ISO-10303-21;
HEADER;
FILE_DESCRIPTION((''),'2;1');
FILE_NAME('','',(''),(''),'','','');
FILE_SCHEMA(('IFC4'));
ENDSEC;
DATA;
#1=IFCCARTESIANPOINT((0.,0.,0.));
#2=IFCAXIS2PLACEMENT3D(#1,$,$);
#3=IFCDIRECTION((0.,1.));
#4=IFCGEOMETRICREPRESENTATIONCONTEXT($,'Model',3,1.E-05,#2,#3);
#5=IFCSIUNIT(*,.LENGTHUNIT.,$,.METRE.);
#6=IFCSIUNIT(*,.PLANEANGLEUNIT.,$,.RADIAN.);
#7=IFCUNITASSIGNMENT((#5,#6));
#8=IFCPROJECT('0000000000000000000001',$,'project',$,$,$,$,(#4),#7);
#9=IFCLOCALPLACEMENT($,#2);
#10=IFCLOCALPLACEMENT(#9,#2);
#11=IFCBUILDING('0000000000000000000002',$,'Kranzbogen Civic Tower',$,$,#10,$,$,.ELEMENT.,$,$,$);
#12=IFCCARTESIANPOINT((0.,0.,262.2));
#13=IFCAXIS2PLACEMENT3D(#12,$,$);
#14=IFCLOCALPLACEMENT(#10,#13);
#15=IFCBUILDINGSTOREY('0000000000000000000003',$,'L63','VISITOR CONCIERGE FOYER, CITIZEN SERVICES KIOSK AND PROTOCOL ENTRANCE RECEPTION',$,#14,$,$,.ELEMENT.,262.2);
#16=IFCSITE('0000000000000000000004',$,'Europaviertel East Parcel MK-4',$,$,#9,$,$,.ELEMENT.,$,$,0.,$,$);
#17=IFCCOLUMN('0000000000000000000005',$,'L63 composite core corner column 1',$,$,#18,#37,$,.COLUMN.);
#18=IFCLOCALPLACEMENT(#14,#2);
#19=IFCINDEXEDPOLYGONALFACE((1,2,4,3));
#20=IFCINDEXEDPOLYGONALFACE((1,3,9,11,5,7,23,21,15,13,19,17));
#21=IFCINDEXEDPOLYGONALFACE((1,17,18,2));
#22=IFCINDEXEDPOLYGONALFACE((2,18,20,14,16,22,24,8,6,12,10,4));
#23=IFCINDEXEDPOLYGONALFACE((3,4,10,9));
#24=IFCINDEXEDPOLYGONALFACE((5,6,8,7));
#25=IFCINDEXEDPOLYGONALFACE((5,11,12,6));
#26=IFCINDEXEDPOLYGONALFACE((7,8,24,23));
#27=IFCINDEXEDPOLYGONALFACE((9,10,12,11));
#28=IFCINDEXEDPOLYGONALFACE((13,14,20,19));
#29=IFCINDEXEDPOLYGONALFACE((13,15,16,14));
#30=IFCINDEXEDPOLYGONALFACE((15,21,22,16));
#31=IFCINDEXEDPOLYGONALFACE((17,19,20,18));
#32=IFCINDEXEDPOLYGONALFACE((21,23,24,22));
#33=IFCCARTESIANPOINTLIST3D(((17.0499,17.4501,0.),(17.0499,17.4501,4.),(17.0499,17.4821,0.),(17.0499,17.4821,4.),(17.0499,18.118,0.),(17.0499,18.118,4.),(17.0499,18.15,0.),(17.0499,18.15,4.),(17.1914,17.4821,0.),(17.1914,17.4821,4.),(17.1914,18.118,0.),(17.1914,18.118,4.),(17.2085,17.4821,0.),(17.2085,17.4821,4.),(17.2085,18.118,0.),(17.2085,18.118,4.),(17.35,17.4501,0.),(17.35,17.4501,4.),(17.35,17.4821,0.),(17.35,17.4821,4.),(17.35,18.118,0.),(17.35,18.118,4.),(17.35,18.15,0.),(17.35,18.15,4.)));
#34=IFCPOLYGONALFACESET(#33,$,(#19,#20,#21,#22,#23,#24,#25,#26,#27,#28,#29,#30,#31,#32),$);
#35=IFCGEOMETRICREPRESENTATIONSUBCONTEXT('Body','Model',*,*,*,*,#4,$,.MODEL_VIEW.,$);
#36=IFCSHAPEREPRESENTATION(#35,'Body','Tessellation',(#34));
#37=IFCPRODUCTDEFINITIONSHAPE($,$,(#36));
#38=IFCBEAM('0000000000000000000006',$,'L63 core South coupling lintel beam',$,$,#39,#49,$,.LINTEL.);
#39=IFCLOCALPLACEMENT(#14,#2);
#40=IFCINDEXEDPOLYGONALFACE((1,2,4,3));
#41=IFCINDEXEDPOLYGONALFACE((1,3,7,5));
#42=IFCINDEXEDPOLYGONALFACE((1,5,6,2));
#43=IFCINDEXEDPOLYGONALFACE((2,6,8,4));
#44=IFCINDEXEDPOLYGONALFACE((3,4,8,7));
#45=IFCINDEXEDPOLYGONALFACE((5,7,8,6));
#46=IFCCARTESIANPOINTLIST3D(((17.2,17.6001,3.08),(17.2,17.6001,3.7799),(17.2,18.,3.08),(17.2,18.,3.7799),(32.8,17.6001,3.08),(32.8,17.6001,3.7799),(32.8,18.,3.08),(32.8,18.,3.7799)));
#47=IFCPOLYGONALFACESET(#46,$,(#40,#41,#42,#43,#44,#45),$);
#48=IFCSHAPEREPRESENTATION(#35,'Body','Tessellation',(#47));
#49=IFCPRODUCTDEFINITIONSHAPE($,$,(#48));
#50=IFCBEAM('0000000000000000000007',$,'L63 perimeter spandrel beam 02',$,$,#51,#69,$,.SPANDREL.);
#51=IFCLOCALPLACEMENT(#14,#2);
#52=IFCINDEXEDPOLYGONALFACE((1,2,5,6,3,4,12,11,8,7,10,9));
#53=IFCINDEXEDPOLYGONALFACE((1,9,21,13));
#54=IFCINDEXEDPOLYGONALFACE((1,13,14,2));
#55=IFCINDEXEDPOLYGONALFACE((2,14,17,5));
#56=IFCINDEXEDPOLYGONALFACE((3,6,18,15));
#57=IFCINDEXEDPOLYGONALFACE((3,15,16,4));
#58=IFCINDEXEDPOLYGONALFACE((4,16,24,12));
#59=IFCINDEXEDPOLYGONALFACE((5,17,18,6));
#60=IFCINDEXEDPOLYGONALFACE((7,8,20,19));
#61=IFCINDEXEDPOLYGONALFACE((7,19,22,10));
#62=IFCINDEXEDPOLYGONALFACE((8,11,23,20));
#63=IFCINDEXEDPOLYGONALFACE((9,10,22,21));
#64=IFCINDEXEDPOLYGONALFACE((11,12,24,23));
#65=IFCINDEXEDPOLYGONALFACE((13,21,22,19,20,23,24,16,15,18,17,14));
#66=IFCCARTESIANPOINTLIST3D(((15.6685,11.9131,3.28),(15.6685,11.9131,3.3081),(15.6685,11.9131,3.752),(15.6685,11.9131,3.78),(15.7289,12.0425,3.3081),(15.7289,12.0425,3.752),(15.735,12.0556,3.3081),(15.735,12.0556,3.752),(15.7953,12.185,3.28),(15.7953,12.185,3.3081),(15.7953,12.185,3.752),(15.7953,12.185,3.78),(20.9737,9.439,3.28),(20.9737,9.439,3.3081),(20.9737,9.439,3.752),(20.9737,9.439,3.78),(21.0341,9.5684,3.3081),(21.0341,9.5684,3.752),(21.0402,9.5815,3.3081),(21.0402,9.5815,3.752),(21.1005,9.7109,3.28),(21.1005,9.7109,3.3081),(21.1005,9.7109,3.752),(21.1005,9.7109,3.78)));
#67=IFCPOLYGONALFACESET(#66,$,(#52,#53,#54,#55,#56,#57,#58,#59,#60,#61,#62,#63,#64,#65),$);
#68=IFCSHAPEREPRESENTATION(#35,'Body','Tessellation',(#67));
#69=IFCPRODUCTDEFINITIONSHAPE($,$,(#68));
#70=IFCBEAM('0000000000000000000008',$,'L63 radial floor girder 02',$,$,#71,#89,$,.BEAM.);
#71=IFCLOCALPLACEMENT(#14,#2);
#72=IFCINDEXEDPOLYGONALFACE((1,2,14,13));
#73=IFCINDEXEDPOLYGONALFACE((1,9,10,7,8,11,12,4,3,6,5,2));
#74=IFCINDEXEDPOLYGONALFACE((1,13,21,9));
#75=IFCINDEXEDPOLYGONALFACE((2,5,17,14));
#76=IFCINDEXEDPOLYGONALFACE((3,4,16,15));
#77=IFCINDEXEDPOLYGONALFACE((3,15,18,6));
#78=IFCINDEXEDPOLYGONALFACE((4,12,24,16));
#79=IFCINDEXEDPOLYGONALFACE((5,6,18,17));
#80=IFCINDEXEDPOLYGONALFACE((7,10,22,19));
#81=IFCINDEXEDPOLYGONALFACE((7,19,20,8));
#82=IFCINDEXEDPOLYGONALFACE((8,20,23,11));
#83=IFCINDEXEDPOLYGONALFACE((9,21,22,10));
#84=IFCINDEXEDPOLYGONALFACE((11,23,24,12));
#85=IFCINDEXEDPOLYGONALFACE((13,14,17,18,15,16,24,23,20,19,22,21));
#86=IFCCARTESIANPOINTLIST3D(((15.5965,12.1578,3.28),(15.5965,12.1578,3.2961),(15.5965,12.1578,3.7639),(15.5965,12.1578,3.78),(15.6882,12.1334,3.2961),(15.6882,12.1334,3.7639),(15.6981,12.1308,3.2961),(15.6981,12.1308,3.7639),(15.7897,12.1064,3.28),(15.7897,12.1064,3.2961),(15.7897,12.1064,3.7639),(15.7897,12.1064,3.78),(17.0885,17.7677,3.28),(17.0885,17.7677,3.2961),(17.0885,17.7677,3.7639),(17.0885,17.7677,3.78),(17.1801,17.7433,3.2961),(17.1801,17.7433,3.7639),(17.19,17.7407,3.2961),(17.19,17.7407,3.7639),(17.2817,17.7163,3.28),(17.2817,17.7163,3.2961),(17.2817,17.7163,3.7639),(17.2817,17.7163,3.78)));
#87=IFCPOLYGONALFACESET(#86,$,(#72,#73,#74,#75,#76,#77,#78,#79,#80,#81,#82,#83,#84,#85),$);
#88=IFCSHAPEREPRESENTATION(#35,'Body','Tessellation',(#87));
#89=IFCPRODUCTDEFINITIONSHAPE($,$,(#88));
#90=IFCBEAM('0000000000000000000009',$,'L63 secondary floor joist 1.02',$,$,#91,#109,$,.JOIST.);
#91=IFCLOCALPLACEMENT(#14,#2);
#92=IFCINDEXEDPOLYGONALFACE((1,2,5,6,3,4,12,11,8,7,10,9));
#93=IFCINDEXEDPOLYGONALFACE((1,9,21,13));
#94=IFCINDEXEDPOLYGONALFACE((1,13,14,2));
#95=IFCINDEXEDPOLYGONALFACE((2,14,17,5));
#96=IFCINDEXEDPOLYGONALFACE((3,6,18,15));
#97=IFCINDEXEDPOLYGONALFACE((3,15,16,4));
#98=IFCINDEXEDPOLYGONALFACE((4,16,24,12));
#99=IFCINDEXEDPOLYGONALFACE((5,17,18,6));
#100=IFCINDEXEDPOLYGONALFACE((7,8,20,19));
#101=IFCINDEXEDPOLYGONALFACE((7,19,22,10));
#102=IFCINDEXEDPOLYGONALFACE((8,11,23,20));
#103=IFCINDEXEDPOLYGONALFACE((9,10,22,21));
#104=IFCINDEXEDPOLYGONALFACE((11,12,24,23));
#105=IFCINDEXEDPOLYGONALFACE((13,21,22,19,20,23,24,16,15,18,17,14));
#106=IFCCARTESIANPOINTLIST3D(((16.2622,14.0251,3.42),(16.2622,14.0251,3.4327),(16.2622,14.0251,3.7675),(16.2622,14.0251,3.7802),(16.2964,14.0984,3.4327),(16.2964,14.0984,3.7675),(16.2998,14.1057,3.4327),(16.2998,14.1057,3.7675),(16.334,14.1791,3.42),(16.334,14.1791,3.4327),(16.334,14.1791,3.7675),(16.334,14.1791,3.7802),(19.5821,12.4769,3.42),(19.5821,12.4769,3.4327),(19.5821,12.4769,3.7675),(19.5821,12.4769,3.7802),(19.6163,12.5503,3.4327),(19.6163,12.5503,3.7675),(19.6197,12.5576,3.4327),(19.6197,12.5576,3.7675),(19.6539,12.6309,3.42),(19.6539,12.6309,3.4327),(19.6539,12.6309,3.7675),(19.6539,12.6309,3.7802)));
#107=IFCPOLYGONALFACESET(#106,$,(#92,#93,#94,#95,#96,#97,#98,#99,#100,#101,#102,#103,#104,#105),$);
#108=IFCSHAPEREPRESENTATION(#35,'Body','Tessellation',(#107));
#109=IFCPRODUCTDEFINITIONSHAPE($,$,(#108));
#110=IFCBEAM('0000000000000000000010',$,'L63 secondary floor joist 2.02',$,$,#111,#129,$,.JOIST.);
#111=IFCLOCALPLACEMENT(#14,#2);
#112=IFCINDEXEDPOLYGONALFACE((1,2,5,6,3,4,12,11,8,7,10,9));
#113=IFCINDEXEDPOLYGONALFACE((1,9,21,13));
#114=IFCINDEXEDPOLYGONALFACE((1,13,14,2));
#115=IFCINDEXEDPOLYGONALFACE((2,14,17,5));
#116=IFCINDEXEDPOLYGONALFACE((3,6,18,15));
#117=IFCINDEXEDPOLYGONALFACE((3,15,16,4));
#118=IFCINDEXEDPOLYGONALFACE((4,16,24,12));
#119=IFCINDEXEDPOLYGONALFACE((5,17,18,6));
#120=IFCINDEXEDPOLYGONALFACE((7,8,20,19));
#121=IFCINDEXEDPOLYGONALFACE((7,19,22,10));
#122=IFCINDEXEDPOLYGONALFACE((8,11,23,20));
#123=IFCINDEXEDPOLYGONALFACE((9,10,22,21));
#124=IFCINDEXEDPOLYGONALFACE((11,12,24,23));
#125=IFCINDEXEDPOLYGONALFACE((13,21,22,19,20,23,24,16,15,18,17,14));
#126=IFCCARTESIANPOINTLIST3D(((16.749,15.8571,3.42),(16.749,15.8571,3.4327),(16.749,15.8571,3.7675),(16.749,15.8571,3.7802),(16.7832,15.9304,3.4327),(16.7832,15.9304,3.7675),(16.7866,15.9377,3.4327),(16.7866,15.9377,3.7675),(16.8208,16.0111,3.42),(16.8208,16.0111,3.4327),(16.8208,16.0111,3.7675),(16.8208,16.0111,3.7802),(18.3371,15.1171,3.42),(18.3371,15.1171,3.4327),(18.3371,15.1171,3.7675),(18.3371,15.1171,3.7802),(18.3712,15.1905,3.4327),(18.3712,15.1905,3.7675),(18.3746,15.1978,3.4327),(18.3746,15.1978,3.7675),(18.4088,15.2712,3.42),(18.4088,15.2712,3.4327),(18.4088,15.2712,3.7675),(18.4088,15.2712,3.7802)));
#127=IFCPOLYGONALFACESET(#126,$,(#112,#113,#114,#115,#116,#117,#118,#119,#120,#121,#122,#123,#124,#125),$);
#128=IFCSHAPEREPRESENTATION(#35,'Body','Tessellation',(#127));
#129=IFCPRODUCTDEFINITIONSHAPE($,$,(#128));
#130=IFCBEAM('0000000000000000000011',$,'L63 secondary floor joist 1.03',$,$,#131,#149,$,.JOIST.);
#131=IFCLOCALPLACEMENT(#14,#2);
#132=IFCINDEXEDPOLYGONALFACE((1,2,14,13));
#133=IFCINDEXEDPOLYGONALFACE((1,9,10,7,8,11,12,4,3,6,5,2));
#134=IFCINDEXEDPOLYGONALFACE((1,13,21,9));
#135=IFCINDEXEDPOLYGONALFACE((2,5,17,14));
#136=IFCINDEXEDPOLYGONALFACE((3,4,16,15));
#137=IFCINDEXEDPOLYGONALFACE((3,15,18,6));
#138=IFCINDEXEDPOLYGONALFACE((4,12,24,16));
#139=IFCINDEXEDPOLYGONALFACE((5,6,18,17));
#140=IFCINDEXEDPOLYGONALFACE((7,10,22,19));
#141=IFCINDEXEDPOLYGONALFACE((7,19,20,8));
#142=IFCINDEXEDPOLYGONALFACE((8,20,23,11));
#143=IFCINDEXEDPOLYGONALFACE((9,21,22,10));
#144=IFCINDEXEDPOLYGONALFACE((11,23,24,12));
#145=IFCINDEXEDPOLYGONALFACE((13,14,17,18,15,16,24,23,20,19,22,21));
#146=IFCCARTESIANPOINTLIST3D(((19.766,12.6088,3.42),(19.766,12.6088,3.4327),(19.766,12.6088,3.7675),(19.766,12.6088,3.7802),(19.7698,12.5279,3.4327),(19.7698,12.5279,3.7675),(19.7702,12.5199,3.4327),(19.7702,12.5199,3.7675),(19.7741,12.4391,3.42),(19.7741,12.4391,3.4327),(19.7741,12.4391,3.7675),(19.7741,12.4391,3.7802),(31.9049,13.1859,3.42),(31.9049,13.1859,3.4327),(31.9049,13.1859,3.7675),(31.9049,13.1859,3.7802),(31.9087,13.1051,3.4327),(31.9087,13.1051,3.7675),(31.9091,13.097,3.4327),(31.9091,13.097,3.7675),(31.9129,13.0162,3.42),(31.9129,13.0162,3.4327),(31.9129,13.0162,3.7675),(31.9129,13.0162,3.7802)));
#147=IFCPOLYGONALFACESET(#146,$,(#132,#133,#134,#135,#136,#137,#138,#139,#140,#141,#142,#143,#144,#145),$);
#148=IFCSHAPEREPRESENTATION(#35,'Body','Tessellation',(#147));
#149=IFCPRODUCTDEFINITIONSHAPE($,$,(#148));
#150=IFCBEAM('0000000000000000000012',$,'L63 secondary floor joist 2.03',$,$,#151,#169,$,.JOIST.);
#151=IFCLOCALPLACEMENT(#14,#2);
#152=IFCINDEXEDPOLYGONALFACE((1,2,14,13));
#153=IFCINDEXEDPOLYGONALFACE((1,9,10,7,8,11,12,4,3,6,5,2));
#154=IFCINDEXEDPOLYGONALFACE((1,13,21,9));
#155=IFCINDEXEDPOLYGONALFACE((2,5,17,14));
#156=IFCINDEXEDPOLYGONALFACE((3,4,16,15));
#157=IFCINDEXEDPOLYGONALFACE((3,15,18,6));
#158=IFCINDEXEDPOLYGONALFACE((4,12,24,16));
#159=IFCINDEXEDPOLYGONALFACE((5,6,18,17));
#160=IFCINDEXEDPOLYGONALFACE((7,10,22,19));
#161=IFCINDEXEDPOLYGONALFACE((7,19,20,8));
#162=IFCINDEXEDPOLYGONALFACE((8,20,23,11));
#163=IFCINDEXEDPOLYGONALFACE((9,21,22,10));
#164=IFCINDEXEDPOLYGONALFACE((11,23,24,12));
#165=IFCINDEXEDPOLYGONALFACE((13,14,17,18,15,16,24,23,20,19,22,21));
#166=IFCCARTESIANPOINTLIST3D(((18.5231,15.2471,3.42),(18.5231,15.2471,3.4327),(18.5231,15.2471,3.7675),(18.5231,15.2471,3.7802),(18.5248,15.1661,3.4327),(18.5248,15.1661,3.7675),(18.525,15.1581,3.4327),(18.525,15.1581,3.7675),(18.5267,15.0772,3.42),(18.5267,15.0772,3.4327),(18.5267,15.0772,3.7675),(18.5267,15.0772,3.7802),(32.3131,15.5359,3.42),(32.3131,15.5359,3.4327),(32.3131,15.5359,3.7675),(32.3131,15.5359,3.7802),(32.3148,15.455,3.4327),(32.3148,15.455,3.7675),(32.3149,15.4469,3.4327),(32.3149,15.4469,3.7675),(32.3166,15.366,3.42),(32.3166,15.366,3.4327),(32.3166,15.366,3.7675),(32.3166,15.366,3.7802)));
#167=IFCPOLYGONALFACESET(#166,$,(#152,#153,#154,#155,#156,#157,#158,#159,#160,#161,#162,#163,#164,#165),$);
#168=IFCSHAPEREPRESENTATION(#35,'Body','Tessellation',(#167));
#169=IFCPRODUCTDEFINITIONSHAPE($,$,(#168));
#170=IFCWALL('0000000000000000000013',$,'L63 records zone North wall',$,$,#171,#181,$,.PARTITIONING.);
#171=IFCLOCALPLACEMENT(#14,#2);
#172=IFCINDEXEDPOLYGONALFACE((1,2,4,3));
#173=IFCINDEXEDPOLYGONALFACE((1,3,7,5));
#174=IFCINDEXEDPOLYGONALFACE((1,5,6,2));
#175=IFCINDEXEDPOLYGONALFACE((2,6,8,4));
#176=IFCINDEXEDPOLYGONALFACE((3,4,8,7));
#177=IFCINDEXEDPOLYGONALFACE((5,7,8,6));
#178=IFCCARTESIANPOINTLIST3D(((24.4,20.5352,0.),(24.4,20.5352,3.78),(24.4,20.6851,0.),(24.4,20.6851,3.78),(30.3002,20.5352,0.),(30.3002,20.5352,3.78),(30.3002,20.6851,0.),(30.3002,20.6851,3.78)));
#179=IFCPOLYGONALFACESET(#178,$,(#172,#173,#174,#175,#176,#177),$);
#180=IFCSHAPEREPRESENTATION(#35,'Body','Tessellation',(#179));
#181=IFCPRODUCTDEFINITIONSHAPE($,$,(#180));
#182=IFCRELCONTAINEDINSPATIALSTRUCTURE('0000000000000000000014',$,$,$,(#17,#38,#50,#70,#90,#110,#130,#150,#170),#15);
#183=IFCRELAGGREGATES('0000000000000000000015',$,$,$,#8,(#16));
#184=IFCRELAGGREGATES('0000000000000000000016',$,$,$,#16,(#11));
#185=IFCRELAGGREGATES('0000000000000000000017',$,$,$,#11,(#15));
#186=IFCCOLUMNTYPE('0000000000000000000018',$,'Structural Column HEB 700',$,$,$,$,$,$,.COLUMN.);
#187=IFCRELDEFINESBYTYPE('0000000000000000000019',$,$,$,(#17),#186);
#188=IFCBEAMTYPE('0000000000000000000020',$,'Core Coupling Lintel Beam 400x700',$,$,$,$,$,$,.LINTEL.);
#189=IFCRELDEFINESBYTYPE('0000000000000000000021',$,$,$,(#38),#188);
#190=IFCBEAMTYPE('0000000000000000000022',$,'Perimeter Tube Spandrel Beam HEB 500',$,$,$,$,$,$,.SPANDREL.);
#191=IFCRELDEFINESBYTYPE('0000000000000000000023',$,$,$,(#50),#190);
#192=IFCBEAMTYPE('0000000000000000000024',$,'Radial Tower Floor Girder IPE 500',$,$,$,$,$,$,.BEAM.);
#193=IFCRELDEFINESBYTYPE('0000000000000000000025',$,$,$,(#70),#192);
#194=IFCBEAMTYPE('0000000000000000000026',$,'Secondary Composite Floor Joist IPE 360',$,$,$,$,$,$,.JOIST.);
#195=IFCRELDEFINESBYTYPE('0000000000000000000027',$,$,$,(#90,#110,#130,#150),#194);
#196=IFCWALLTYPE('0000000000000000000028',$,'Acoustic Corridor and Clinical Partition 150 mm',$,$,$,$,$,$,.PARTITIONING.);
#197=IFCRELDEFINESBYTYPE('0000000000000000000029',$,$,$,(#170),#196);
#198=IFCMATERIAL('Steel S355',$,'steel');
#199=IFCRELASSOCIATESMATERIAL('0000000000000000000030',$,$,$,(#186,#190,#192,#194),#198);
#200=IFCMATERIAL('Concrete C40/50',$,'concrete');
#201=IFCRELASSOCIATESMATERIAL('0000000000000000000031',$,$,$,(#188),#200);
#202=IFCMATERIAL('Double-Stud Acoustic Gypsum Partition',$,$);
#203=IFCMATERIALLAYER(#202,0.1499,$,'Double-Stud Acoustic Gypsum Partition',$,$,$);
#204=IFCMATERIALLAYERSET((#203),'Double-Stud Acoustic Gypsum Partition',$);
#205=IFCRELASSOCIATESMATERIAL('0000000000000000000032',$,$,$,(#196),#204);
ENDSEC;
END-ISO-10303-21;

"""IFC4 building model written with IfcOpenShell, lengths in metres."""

from ifc_helpers import new_model, si_unit, direction, frame, frame_2d, origin, origin_2d, place, context, subcontext, project, spatial, rectangle, i_section, extrude, material, layer, layer_set, material_profile, profile_set, type_object, element, save


model = new_model("IFC4")

# Units and contexts
model_context = context("Model", 3, precision=1e-05, world=origin(), true_north=direction((0.0, 1.0)))
body_context = subcontext(model_context, "Body", "Model", "MODEL_VIEW")
ifc_project = project(units=[si_unit("LENGTHUNIT", "METRE"), si_unit("PLANEANGLEUNIT", "RADIAN")], contexts=[model_context])

# Site, building, storey
site_placement = place(None, origin())
site = spatial("IfcSite", under=ifc_project, at=site_placement, Name="Europaviertel East Parcel MK-4", CompositionType="ELEMENT", RefElevation=0.0)
building_placement = place(site_placement, origin())
building = spatial("IfcBuilding", under=site, at=building_placement, Name="Kranzbogen Civic Tower", CompositionType="ELEMENT")
storey_placement = place(building_placement, frame((0.0, 0.0, 262.2)))
storey = spatial("IfcBuildingStorey", under=building, at=storey_placement, Name="L63", Description="VISITOR CONCIERGE FOYER, CITIZEN SERVICES KIOSK AND PROTOCOL ENTRANCE RECEPTION", CompositionType="ELEMENT", Elevation=262.2)

# Column
ifc_material_1 = material(Name="Steel S355", Category="steel")
ifc_material_profile_1 = material_profile(ifc_material_1, i_section(OverallWidth=0.3, OverallDepth=0.7, WebThickness=0.0171, FlangeThickness=0.032, at=origin_2d()), Name="HEB 700")
ifc_profile_set_1 = profile_set([ifc_material_profile_1], Name="Steel S355")
column_type = type_object("IfcColumnType", Name="Structural Column HEB 700", PredefinedType="COLUMN", material=ifc_profile_set_1)
column_placement = place(storey_placement, frame((17.2, 17.8, 0.0), z_axis=(0.0, 0.0, 1.0), x_axis=(1.0, 0.0, 0.0)))
element("IfcColumn", 1, at=column_placement, inside=storey, type_object=column_type, Name="L63 composite core corner column 1", PredefinedType="COLUMN", context=body_context, shape_type="SweptSolid", body=[
    extrude(i_section(OverallWidth=0.3, OverallDepth=0.7, WebThickness=0.0171, FlangeThickness=0.032, at=origin_2d()), origin(), (0.0, 0.0, 1.0), 4.0),
])

# Beams
ifc_material_2 = material(Name="Concrete C40/50", Category="concrete")
ifc_material_profile_2 = material_profile(ifc_material_2, rectangle(XDim=0.3999, YDim=0.7, at=origin_2d()), Name="RC-BM 400x700")
ifc_profile_set_2 = profile_set([ifc_material_profile_2], Name="Concrete C40/50")
beam_type_1 = type_object("IfcBeamType", Name="Core Coupling Lintel Beam 400x700", PredefinedType="LINTEL", material=ifc_profile_set_2)
beam_1_placement = place(storey_placement, frame((17.2, 17.8, 3.4299), z_axis=(1.0, 0.0, 0.0), x_axis=(0.0, 1.0, 0.0)))
element("IfcBeam", 2, at=beam_1_placement, inside=storey, type_object=beam_type_1, Name="L63 core South coupling lintel beam", PredefinedType="LINTEL", context=body_context, shape_type="SweptSolid", body=[
    extrude(rectangle(XDim=0.3999, YDim=0.7, at=origin_2d()), origin(), (0.0, 0.0, 1.0), 15.6001),
])
ifc_material_profile_3 = material_profile(ifc_material_1, i_section(OverallWidth=0.3, OverallDepth=0.5, WebThickness=0.0144, FlangeThickness=0.0281, at=origin_2d()), Name="HEB 500")
ifc_profile_set_3 = profile_set([ifc_material_profile_3], Name="Steel S355")
beam_type_2 = type_object("IfcBeamType", Name="Perimeter Tube Spandrel Beam HEB 500", PredefinedType="SPANDREL", material=ifc_profile_set_3)
beam_2_placement = place(storey_placement, frame((15.7319, 12.0491, 3.53), z_axis=(0.90629, -0.422657, 0.0), x_axis=(0.422657, 0.90629, 0.0)))
element("IfcBeam", 3, at=beam_2_placement, inside=storey, type_object=beam_type_2, Name="L63 perimeter spandrel beam 02", PredefinedType="SPANDREL", context=body_context, shape_type="SweptSolid", body=[
    extrude(i_section(OverallWidth=0.3, OverallDepth=0.5, WebThickness=0.0144, FlangeThickness=0.0281, at=origin_2d()), origin(), (0.0, 0.0, 1.0), 5.8538),
])
ifc_material_profile_4 = material_profile(ifc_material_1, i_section(OverallWidth=0.2, OverallDepth=0.5, WebThickness=0.0103, FlangeThickness=0.0161, at=origin_2d()), Name="IPE 500")
ifc_profile_set_4 = profile_set([ifc_material_profile_4], Name="Steel S355")
beam_type_3 = type_object("IfcBeamType", Name="Radial Tower Floor Girder IPE 500", PredefinedType="BEAM", material=ifc_profile_set_4)
beam_3_placement = place(storey_placement, frame((15.6931, 12.1321, 3.53), z_axis=(0.257016, 0.966407, 0.0), x_axis=(-0.966407, 0.257016, 0.0)))
element("IfcBeam", 4, at=beam_3_placement, inside=storey, type_object=beam_type_3, Name="L63 radial floor girder 02", PredefinedType="BEAM", context=body_context, shape_type="SweptSolid", body=[
    extrude(i_section(OverallWidth=0.2, OverallDepth=0.5, WebThickness=0.0103, FlangeThickness=0.0161, at=origin_2d()), origin(), (0.0, 0.0, 1.0), 5.8049),
])
ifc_material_profile_5 = material_profile(ifc_material_1, i_section(OverallWidth=0.1699, OverallDepth=0.3601, WebThickness=0.0081, FlangeThickness=0.0127, at=origin_2d()), Name="IPE 360")
ifc_profile_set_5 = profile_set([ifc_material_profile_5], Name="Steel S355")
beam_type_4 = type_object("IfcBeamType", Name="Secondary Composite Floor Joist IPE 360", PredefinedType="JOIST", material=ifc_profile_set_5)
beam_4_placement = place(storey_placement, frame((16.2981, 14.1021, 3.6001), z_axis=(0.906304, -0.422626, 0.0), x_axis=(0.422626, 0.906304, 0.0)))
element("IfcBeam", 5, at=beam_4_placement, inside=storey, type_object=beam_type_4, Name="L63 secondary floor joist 1.02", PredefinedType="JOIST", context=body_context, shape_type="SweptSolid", body=[
    extrude(i_section(OverallWidth=0.1699, OverallDepth=0.3601, WebThickness=0.0081, FlangeThickness=0.0127, at=origin_2d()), origin(), (0.0, 0.0, 1.0), 3.6631),
])
beam_5_placement = place(storey_placement, frame((16.7849, 15.9341, 3.6001), z_axis=(0.906432, -0.422351, 0.0), x_axis=(0.422351, 0.906432, 0.0)))
element("IfcBeam", 6, at=beam_5_placement, inside=storey, type_object=beam_type_4, Name="L63 secondary floor joist 2.02", PredefinedType="JOIST", context=body_context, shape_type="SweptSolid", body=[
    extrude(i_section(OverallWidth=0.1699, OverallDepth=0.3601, WebThickness=0.0081, FlangeThickness=0.0127, at=origin_2d()), origin(), (0.0, 0.0, 1.0), 1.752),
])
beam_6_placement = place(storey_placement, frame((19.77, 12.5239, 3.6001), z_axis=(0.998872, 0.047492, 0.0), x_axis=(-0.047492, 0.998872, 0.0)))
element("IfcBeam", 7, at=beam_6_placement, inside=storey, type_object=beam_type_4, Name="L63 secondary floor joist 1.03", PredefinedType="JOIST", context=body_context, shape_type="SweptSolid", body=[
    extrude(i_section(OverallWidth=0.1699, OverallDepth=0.3601, WebThickness=0.0081, FlangeThickness=0.0127, at=origin_2d()), origin(), (0.0, 0.0, 1.0), 12.1526),
])
beam_7_placement = place(storey_placement, frame((18.5249, 15.1621, 3.6001), z_axis=(0.999781, 0.020939, 0.0), x_axis=(-0.020939, 0.999781, 0.0)))
element("IfcBeam", 8, at=beam_7_placement, inside=storey, type_object=beam_type_4, Name="L63 secondary floor joist 2.03", PredefinedType="JOIST", context=body_context, shape_type="SweptSolid", body=[
    extrude(i_section(OverallWidth=0.1699, OverallDepth=0.3601, WebThickness=0.0081, FlangeThickness=0.0127, at=origin_2d()), origin(), (0.0, 0.0, 1.0), 13.793),
])

# Wall
ifc_material_3 = material(Name="Double-Stud Acoustic Gypsum Partition")
ifc_layer_1 = layer(ifc_material_3, 0.1499, Name="Double-Stud Acoustic Gypsum Partition")
ifc_layer_set_1 = layer_set([ifc_layer_1], Name="Double-Stud Acoustic Gypsum Partition")
wall_type_1 = type_object("IfcWallType", Name="Acoustic Corridor and Clinical Partition 150 mm", PredefinedType="PARTITIONING", material=ifc_layer_set_1)
wall_1_placement = place(storey_placement, frame((24.3999, 20.6101, 0.0), z_axis=(0.0, 0.0, 1.0), x_axis=(1.0, 0.0, 0.0)))
element("IfcWall", 9, at=wall_1_placement, inside=storey, type_object=wall_type_1, Name="L63 records zone North wall", PredefinedType="PARTITIONING", context=body_context, shape_type="SweptSolid", body=[
    extrude(rectangle(XDim=5.9001, YDim=0.1499, at=frame_2d((2.9502, 0.0))), origin(), (0.0, 0.0, 1.0), 3.78),
])

save(model, "model.ifc")
